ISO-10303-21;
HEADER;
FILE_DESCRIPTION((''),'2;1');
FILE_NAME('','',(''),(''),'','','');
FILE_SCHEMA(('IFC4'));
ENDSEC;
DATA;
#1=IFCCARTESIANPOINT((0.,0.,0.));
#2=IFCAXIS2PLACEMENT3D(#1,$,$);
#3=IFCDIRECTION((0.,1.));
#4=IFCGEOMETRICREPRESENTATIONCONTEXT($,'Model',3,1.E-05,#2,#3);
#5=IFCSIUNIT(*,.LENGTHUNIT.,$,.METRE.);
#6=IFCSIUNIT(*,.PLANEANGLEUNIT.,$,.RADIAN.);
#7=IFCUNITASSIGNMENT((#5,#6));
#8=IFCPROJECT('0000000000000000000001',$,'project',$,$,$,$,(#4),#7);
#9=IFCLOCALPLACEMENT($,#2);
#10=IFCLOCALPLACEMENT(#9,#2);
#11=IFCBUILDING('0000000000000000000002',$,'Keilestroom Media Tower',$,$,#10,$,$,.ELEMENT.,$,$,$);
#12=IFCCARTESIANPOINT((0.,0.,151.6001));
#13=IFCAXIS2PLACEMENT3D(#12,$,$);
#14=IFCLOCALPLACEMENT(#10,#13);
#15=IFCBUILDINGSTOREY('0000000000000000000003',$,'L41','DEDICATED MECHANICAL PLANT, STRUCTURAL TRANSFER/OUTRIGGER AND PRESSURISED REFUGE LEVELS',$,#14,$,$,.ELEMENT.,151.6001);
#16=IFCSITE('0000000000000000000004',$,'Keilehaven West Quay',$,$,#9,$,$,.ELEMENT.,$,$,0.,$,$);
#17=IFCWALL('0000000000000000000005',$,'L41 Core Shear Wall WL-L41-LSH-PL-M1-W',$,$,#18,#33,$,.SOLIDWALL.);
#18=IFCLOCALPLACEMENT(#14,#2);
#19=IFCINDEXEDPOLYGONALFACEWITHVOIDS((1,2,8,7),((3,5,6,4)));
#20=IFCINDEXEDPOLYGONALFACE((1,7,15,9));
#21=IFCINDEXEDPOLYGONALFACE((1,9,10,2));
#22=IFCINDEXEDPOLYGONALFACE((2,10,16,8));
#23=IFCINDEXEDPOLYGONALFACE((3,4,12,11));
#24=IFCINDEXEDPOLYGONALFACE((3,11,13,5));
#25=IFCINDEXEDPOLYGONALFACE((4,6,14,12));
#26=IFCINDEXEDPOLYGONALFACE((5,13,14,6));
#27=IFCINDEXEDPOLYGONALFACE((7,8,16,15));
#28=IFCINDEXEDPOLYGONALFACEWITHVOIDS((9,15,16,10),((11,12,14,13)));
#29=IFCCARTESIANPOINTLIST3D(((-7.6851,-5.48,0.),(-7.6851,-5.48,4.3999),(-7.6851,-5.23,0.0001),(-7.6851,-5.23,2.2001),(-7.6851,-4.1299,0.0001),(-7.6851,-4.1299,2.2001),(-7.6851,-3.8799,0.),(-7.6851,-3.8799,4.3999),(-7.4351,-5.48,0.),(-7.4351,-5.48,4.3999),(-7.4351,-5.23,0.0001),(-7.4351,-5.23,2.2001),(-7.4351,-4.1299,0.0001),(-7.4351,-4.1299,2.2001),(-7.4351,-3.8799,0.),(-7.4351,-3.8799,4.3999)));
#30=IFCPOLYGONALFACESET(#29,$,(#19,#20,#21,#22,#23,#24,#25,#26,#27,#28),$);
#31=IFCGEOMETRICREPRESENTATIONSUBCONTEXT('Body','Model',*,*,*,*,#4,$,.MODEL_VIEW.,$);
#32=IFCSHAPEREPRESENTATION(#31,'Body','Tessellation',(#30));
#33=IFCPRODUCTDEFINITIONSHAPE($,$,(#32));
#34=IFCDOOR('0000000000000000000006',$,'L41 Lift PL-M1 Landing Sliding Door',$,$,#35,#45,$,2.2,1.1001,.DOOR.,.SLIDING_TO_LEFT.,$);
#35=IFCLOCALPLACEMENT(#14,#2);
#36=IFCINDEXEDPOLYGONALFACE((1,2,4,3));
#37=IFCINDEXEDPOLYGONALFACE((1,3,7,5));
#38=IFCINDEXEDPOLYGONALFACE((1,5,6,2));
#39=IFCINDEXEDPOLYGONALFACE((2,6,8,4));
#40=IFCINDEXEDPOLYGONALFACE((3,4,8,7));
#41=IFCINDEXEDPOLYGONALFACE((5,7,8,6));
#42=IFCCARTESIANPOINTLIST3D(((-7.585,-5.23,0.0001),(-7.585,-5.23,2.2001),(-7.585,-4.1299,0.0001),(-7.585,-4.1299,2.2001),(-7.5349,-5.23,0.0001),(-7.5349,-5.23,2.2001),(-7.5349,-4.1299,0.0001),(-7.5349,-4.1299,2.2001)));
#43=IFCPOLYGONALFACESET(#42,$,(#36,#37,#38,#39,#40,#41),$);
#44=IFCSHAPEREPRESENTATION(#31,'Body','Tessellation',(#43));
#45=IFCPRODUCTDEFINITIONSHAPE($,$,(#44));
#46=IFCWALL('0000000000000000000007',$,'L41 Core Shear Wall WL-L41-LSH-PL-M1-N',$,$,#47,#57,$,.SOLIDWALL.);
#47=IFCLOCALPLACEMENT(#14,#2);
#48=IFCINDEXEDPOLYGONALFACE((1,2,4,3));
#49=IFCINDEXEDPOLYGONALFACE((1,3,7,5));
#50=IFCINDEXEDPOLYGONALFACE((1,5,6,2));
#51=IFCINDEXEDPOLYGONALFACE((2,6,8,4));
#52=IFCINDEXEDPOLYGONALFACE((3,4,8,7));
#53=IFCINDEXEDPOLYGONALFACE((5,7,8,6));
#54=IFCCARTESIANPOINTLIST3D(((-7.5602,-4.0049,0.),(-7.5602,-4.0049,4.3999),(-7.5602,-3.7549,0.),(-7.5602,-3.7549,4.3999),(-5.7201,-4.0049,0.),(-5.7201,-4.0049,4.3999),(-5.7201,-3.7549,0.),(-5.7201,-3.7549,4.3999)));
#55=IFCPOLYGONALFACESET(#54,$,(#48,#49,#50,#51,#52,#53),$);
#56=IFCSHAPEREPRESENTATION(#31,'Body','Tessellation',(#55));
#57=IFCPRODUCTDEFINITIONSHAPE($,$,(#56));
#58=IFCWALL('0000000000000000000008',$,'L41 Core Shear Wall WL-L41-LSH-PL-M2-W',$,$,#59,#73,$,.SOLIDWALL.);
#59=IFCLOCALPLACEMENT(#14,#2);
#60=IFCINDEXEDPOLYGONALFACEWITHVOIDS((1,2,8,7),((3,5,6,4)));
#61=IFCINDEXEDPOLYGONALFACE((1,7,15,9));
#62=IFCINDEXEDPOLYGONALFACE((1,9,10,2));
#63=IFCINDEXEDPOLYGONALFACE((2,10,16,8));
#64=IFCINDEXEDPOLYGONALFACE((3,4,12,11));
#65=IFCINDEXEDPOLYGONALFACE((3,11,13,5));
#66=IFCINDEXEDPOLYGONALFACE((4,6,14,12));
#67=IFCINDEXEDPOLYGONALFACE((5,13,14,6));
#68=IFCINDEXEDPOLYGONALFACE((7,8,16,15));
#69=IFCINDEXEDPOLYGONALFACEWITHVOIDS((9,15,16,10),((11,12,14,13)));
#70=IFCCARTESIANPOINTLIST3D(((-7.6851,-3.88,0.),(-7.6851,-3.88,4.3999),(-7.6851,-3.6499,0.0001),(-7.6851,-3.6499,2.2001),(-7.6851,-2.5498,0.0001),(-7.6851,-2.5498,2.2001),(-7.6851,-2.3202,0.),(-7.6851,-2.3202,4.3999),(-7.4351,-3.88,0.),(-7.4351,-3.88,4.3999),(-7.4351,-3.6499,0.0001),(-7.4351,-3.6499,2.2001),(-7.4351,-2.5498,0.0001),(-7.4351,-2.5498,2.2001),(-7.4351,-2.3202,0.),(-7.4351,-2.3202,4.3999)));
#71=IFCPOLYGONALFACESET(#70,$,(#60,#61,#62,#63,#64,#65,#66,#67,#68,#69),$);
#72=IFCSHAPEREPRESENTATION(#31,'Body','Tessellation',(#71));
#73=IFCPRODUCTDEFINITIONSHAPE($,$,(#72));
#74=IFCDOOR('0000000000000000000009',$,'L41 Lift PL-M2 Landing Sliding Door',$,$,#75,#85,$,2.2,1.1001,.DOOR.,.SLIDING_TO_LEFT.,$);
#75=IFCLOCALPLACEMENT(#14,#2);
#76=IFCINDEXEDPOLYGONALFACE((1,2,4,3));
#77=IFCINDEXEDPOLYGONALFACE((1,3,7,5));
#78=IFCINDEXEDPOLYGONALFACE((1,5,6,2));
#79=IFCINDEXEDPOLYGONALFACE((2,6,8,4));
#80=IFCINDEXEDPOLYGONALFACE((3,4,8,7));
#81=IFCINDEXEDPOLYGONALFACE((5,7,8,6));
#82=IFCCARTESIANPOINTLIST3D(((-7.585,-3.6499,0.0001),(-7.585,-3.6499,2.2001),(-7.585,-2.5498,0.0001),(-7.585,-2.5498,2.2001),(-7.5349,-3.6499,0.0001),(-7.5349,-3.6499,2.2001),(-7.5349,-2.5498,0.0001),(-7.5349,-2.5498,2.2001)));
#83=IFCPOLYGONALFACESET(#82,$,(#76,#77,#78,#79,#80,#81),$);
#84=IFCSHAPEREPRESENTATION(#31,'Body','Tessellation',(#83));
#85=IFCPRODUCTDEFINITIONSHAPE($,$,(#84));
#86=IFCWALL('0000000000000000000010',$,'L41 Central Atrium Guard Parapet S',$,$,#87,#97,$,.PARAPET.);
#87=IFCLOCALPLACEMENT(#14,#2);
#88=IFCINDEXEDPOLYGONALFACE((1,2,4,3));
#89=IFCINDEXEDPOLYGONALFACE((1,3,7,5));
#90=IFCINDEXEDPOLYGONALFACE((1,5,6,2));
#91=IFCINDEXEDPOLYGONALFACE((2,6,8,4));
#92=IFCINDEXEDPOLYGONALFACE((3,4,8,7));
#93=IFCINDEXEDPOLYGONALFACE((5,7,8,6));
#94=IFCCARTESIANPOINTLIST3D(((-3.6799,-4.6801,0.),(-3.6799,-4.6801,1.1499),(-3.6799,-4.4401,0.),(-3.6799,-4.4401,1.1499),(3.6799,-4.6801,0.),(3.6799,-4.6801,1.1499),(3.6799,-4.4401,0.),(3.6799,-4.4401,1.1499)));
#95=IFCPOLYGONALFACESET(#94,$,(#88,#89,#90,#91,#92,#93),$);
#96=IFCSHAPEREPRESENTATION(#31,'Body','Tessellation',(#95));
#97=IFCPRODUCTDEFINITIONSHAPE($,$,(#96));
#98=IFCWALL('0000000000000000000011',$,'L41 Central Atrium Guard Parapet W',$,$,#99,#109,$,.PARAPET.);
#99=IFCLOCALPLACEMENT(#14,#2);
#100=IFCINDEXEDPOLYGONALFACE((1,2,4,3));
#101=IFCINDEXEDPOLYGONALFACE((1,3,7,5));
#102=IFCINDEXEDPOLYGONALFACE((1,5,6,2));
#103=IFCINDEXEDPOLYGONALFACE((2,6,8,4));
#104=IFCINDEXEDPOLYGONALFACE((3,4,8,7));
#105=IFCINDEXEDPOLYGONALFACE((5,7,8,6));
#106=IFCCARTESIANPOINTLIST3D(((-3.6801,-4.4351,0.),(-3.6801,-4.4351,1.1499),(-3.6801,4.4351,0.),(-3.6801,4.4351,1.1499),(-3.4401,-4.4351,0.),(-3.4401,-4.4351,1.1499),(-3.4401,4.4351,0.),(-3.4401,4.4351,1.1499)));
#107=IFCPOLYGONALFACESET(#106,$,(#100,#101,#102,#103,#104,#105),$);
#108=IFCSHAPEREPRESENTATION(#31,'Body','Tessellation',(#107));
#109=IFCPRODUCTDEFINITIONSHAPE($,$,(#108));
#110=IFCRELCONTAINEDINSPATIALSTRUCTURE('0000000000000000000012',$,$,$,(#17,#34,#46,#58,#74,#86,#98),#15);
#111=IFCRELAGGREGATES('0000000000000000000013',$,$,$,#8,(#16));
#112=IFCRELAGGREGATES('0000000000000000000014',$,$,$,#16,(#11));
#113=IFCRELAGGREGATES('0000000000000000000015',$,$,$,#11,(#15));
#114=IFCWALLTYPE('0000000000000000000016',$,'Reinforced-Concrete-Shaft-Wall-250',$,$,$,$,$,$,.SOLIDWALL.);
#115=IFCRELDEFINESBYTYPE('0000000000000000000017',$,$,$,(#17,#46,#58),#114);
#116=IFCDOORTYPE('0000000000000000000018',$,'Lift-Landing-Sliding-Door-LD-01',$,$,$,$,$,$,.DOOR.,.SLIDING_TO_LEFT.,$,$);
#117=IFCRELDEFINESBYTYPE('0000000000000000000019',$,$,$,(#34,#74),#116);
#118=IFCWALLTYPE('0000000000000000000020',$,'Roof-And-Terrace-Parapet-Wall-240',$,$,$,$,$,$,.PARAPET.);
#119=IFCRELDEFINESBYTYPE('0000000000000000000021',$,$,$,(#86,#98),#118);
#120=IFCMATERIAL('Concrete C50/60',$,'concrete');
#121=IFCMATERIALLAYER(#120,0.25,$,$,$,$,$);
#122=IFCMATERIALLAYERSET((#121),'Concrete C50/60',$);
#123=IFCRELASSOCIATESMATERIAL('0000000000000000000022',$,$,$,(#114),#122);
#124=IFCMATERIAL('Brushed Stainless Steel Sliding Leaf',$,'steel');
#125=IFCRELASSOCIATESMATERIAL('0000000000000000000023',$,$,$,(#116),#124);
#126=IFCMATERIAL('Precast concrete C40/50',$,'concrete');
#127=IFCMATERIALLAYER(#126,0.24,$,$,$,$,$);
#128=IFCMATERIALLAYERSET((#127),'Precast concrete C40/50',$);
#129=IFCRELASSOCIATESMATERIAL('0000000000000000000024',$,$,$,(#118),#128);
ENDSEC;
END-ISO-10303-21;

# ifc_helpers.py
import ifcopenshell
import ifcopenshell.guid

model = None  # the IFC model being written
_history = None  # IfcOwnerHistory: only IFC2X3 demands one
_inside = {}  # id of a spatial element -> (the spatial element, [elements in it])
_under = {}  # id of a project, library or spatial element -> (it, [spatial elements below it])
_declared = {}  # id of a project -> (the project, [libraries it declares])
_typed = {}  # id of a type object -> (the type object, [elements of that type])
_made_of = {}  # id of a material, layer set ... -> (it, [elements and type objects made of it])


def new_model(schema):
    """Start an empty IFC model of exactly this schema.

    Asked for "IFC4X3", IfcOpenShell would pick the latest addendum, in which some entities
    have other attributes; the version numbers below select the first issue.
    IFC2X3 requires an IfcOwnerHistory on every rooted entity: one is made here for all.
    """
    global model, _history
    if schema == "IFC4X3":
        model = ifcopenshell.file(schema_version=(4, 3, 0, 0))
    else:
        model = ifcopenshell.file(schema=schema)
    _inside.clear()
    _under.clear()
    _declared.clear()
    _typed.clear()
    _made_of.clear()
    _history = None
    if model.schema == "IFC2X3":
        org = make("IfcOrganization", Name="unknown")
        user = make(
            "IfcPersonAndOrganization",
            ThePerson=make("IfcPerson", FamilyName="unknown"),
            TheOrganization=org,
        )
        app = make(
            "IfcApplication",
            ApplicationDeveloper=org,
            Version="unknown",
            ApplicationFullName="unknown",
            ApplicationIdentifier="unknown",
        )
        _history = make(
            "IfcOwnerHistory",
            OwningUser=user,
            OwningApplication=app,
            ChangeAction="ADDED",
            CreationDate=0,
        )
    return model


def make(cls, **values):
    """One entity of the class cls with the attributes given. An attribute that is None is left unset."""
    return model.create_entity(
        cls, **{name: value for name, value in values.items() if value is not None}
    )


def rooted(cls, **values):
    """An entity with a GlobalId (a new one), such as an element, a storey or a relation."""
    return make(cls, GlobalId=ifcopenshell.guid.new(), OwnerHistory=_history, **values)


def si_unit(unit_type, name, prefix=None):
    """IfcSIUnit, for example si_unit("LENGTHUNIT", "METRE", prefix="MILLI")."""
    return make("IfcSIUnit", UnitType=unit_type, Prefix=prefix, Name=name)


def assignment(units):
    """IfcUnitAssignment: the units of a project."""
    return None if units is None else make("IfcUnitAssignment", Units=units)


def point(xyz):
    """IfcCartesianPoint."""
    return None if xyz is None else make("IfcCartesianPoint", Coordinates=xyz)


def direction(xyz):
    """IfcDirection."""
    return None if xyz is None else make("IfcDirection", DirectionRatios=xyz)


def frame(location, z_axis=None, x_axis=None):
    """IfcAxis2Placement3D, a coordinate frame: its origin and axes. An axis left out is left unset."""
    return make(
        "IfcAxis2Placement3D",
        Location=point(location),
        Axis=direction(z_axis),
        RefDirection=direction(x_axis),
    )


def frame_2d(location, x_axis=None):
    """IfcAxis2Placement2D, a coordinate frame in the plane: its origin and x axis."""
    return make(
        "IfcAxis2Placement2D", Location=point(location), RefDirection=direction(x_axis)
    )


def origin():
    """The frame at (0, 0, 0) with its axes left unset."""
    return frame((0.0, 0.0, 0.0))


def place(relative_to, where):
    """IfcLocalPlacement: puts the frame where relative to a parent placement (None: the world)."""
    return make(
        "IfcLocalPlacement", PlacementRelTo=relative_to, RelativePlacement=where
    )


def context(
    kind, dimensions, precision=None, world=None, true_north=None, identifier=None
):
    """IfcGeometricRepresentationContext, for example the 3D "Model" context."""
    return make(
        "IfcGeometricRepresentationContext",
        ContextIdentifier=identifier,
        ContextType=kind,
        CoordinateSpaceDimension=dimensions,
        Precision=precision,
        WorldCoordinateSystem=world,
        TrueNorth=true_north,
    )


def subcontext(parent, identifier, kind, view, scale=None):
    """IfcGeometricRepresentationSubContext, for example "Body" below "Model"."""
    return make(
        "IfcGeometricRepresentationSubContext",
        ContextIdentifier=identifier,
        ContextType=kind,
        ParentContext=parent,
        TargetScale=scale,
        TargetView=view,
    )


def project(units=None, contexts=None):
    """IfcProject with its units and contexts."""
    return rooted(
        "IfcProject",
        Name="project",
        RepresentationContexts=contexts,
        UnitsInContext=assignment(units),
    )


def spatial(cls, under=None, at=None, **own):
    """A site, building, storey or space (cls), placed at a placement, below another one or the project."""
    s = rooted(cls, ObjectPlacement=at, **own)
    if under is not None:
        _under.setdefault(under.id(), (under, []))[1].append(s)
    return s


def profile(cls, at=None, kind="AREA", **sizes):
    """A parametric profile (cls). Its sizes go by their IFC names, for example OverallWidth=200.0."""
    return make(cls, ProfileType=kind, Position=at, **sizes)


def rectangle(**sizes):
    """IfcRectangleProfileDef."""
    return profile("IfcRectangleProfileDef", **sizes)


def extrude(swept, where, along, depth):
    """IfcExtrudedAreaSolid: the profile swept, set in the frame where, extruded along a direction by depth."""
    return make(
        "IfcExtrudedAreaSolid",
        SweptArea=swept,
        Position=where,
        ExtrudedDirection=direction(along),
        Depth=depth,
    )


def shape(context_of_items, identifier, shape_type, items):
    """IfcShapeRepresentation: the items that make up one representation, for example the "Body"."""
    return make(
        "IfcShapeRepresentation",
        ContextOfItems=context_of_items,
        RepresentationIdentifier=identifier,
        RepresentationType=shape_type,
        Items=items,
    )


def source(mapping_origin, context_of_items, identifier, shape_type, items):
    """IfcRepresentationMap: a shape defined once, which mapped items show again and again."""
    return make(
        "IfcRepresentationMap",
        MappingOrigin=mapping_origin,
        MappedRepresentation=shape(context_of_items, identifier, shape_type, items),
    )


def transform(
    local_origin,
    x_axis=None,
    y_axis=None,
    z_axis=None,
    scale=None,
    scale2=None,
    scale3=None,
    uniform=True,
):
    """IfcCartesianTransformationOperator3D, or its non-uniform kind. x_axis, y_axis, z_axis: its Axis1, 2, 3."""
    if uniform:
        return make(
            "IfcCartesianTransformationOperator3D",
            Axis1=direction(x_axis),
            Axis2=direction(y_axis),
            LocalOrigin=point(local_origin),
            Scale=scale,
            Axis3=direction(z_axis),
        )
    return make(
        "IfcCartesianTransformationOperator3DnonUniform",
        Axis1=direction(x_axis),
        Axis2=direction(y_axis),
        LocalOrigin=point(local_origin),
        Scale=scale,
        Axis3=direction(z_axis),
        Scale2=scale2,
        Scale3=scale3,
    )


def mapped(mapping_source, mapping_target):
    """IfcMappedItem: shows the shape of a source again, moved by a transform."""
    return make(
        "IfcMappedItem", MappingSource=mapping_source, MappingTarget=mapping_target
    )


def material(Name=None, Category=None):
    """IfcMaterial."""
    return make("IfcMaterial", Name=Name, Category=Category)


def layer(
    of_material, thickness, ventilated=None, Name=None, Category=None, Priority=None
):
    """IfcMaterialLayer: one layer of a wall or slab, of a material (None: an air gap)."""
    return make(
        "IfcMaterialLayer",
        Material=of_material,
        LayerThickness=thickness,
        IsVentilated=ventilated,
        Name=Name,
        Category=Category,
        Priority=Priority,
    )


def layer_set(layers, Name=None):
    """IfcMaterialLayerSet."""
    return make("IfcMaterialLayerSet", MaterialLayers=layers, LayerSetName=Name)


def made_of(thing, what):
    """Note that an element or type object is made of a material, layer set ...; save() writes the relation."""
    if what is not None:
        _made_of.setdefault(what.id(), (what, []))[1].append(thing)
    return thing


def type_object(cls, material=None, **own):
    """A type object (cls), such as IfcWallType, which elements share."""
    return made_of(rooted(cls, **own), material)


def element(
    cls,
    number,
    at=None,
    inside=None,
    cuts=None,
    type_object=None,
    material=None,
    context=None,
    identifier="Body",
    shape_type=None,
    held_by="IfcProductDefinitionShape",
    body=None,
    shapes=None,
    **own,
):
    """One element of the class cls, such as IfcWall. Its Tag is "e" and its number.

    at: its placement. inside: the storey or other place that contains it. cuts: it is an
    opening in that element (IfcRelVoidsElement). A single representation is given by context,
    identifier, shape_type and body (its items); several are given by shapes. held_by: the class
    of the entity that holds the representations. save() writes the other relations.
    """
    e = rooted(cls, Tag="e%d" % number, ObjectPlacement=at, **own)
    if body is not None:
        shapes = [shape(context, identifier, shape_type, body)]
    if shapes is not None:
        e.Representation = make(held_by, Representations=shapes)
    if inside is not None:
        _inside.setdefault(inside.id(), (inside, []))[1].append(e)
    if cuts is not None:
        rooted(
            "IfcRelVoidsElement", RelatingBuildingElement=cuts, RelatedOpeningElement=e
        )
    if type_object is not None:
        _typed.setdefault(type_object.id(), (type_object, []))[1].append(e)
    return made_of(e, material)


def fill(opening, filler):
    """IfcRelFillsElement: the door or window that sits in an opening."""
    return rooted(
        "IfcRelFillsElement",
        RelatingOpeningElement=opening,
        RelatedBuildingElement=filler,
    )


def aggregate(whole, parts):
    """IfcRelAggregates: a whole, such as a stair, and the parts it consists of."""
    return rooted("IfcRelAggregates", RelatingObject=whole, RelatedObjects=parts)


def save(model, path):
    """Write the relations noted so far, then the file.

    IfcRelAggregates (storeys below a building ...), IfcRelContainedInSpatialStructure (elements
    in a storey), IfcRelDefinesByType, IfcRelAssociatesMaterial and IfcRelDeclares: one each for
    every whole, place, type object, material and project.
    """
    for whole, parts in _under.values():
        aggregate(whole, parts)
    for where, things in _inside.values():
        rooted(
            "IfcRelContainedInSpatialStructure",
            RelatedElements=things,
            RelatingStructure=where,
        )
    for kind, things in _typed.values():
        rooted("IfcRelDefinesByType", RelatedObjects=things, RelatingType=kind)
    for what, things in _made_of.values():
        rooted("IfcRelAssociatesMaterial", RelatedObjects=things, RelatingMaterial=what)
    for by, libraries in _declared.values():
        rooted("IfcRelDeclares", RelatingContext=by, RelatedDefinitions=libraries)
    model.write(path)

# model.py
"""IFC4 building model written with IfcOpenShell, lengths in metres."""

from ifc_helpers import new_model, si_unit, direction, frame, frame_2d, origin, place, context, subcontext, project, spatial, rectangle, extrude, source, transform, mapped, material, layer, layer_set, type_object, element, fill, save


model = new_model("IFC4")

# Units and contexts
model_context = context("Model", 3, precision=1e-05, world=origin(), true_north=direction((0.0, 1.0)))
body_context = subcontext(model_context, "Body", "Model", "MODEL_VIEW")
ifc_project = project(units=[si_unit("LENGTHUNIT", "METRE"), si_unit("PLANEANGLEUNIT", "RADIAN")], contexts=[model_context])

# Site, building, storey
site_placement = place(None, origin())
site = spatial("IfcSite", under=ifc_project, at=site_placement, Name="Keilehaven West Quay", CompositionType="ELEMENT", RefElevation=0.0)
building_placement = place(site_placement, origin())
building = spatial("IfcBuilding", under=site, at=building_placement, Name="Keilestroom Media Tower", CompositionType="ELEMENT")
storey_placement = place(building_placement, frame((0.0, 0.0, 151.6001)))
storey = spatial("IfcBuildingStorey", under=building, at=storey_placement, Name="L41", Description="DEDICATED MECHANICAL PLANT, STRUCTURAL TRANSFER/OUTRIGGER AND PRESSURISED REFUGE LEVELS", CompositionType="ELEMENT", Elevation=151.6001)

# Shared definitions
ifc_material_1 = material(Name="Concrete C50/60", Category="concrete")
ifc_layer_1 = layer(ifc_material_1, 0.25)
ifc_layer_set_1 = layer_set([ifc_layer_1], Name="Concrete C50/60")
wall_type_1 = type_object("IfcWallType", Name="Reinforced-Concrete-Shaft-Wall-250", PredefinedType="SOLIDWALL", material=ifc_layer_set_1)

# Shared definitions
ifc_material_2 = material(Name="Brushed Stainless Steel Sliding Leaf", Category="steel")

# Wall, opening, door
wall_1_placement = place(storey_placement, frame((-7.5601, -5.48, 0.0), z_axis=(0.0, 0.0, 1.0), x_axis=(0.0, 1.0, 0.0)))
wall_1 = element("IfcWall", 1, at=wall_1_placement, inside=storey, type_object=wall_type_1, Name="L41 Core Shear Wall WL-L41-LSH-PL-M1-W", PredefinedType="SOLIDWALL", context=body_context, shape_type="SweptSolid", body=[
    extrude(rectangle(XDim=1.6001, YDim=0.25, at=frame_2d((0.8, 0.0))), origin(), (0.0, 0.0, 1.0), 4.3999),
])
opening_1_placement = place(wall_1_placement, frame((0.25, 0.0, 0.0)))
opening_1 = element("IfcOpeningElement", 2, at=opening_1_placement, cuts=wall_1, PredefinedType="OPENING", context=body_context, shape_type="SweptSolid", body=[
    extrude(rectangle(XDim=1.1001, YDim=2.2, at=frame_2d((0.55, 1.1001))), frame((0.0, 0.135, 0.0), z_axis=(0.0, -1.0, 0.0), x_axis=(1.0, 0.0, 0.0)), (0.0, 0.0, 1.0), 0.27),
])
door_type_1 = type_object("IfcDoorType", Name="Lift-Landing-Sliding-Door-LD-01", OperationType="SLIDING_TO_LEFT", PredefinedType="DOOR", material=ifc_material_2)
shared_shape_1 = source(origin(), body_context, "Body", "SweptSolid", [
    extrude(rectangle(XDim=1.1001, YDim=2.2, at=frame_2d((0.55, 1.1001))), frame((0.0, 0.0249, 0.0), z_axis=(0.0, -1.0, 0.0), x_axis=(1.0, 0.0, 0.0)), (0.0, 0.0, 1.0), 0.05),
])
door_1_placement = place(opening_1_placement, origin())
door_1 = element("IfcDoor", 3, at=door_1_placement, inside=storey, type_object=door_type_1, Name="L41 Lift PL-M1 Landing Sliding Door", OperationType="SLIDING_TO_LEFT", OverallHeight=2.2, OverallWidth=1.1001, PredefinedType="DOOR", context=body_context, shape_type="MappedRepresentation", body=[
    mapped(shared_shape_1, transform((0.0, 0.0, 0.0), x_axis=(1.0, 0.0, 0.0), y_axis=(0.0, 1.0, 0.0), z_axis=(0.0, 0.0, 1.0), scale=1.0)),
])
fill(opening_1, door_1)

# Wall
wall_2_placement = place(storey_placement, frame((-7.5601, -3.8799, 0.0), z_axis=(0.0, 0.0, 1.0), x_axis=(1.0, 0.0, 0.0)))
element("IfcWall", 4, at=wall_2_placement, inside=storey, type_object=wall_type_1, Name="L41 Core Shear Wall WL-L41-LSH-PL-M1-N", PredefinedType="SOLIDWALL", context=body_context, shape_type="SweptSolid", body=[
    extrude(rectangle(XDim=1.8401, YDim=0.25, at=frame_2d((0.9199, 0.0))), origin(), (0.0, 0.0, 1.0), 4.3999),
])

# Wall, opening, door
wall_3_placement = place(storey_placement, frame((-7.5601, -3.8799, 0.0), z_axis=(0.0, 0.0, 1.0), x_axis=(0.0, 1.0, 0.0)))
wall_3 = element("IfcWall", 5, at=wall_3_placement, inside=storey, type_object=wall_type_1, Name="L41 Core Shear Wall WL-L41-LSH-PL-M2-W", PredefinedType="SOLIDWALL", context=body_context, shape_type="SweptSolid", body=[
    extrude(rectangle(XDim=1.5598, YDim=0.25, at=frame_2d((0.7798, 0.0))), origin(), (0.0, 0.0, 1.0), 4.3999),
])
opening_2_placement = place(wall_3_placement, frame((0.23, 0.0, 0.0)))
opening_2 = element("IfcOpeningElement", 6, at=opening_2_placement, cuts=wall_3, PredefinedType="OPENING", context=body_context, shape_type="SweptSolid", body=[
    extrude(rectangle(XDim=1.1001, YDim=2.2, at=frame_2d((0.55, 1.1001))), frame((0.0, 0.135, 0.0), z_axis=(0.0, -1.0, 0.0), x_axis=(1.0, 0.0, 0.0)), (0.0, 0.0, 1.0), 0.27),
])
door_2_placement = place(opening_2_placement, origin())
door_2 = element("IfcDoor", 7, at=door_2_placement, inside=storey, type_object=door_type_1, Name="L41 Lift PL-M2 Landing Sliding Door", OperationType="SLIDING_TO_LEFT", OverallHeight=2.2, OverallWidth=1.1001, PredefinedType="DOOR", context=body_context, shape_type="MappedRepresentation", body=[
    mapped(shared_shape_1, transform((0.0, 0.0, 0.0), x_axis=(1.0, 0.0, 0.0), y_axis=(0.0, 1.0, 0.0), z_axis=(0.0, 0.0, 1.0), scale=1.0)),
])
fill(opening_2, door_2)

# Walls
ifc_material_3 = material(Name="Precast concrete C40/50", Category="concrete")
ifc_layer_2 = layer(ifc_material_3, 0.24)
ifc_layer_set_2 = layer_set([ifc_layer_2], Name="Precast concrete C40/50")
wall_type_2 = type_object("IfcWallType", Name="Roof-And-Terrace-Parapet-Wall-240", PredefinedType="PARAPET", material=ifc_layer_set_2)
wall_4_placement = place(storey_placement, frame((-3.6799, -4.5601, 0.0), z_axis=(0.0, 0.0, 1.0), x_axis=(1.0, 0.0, 0.0)))
element("IfcWall", 8, at=wall_4_placement, inside=storey, type_object=wall_type_2, Name="L41 Central Atrium Guard Parapet S", PredefinedType="PARAPET", context=body_context, shape_type="SweptSolid", body=[
    extrude(rectangle(XDim=7.3599, YDim=0.24, at=frame_2d((3.6799, 0.0))), origin(), (0.0, 0.0, 1.0), 1.1499),
])
wall_5_placement = place(storey_placement, frame((-3.5601, -4.4351, 0.0), z_axis=(0.0, 0.0, 1.0), x_axis=(0.0, 1.0, 0.0)))
element("IfcWall", 9, at=wall_5_placement, inside=storey, type_object=wall_type_2, Name="L41 Central Atrium Guard Parapet W", PredefinedType="PARAPET", context=body_context, shape_type="SweptSolid", body=[
    extrude(rectangle(XDim=8.8701, YDim=0.24, at=frame_2d((4.4351, 0.0))), origin(), (0.0, 0.0, 1.0), 1.1499),
])

save(model, "model.ifc")
